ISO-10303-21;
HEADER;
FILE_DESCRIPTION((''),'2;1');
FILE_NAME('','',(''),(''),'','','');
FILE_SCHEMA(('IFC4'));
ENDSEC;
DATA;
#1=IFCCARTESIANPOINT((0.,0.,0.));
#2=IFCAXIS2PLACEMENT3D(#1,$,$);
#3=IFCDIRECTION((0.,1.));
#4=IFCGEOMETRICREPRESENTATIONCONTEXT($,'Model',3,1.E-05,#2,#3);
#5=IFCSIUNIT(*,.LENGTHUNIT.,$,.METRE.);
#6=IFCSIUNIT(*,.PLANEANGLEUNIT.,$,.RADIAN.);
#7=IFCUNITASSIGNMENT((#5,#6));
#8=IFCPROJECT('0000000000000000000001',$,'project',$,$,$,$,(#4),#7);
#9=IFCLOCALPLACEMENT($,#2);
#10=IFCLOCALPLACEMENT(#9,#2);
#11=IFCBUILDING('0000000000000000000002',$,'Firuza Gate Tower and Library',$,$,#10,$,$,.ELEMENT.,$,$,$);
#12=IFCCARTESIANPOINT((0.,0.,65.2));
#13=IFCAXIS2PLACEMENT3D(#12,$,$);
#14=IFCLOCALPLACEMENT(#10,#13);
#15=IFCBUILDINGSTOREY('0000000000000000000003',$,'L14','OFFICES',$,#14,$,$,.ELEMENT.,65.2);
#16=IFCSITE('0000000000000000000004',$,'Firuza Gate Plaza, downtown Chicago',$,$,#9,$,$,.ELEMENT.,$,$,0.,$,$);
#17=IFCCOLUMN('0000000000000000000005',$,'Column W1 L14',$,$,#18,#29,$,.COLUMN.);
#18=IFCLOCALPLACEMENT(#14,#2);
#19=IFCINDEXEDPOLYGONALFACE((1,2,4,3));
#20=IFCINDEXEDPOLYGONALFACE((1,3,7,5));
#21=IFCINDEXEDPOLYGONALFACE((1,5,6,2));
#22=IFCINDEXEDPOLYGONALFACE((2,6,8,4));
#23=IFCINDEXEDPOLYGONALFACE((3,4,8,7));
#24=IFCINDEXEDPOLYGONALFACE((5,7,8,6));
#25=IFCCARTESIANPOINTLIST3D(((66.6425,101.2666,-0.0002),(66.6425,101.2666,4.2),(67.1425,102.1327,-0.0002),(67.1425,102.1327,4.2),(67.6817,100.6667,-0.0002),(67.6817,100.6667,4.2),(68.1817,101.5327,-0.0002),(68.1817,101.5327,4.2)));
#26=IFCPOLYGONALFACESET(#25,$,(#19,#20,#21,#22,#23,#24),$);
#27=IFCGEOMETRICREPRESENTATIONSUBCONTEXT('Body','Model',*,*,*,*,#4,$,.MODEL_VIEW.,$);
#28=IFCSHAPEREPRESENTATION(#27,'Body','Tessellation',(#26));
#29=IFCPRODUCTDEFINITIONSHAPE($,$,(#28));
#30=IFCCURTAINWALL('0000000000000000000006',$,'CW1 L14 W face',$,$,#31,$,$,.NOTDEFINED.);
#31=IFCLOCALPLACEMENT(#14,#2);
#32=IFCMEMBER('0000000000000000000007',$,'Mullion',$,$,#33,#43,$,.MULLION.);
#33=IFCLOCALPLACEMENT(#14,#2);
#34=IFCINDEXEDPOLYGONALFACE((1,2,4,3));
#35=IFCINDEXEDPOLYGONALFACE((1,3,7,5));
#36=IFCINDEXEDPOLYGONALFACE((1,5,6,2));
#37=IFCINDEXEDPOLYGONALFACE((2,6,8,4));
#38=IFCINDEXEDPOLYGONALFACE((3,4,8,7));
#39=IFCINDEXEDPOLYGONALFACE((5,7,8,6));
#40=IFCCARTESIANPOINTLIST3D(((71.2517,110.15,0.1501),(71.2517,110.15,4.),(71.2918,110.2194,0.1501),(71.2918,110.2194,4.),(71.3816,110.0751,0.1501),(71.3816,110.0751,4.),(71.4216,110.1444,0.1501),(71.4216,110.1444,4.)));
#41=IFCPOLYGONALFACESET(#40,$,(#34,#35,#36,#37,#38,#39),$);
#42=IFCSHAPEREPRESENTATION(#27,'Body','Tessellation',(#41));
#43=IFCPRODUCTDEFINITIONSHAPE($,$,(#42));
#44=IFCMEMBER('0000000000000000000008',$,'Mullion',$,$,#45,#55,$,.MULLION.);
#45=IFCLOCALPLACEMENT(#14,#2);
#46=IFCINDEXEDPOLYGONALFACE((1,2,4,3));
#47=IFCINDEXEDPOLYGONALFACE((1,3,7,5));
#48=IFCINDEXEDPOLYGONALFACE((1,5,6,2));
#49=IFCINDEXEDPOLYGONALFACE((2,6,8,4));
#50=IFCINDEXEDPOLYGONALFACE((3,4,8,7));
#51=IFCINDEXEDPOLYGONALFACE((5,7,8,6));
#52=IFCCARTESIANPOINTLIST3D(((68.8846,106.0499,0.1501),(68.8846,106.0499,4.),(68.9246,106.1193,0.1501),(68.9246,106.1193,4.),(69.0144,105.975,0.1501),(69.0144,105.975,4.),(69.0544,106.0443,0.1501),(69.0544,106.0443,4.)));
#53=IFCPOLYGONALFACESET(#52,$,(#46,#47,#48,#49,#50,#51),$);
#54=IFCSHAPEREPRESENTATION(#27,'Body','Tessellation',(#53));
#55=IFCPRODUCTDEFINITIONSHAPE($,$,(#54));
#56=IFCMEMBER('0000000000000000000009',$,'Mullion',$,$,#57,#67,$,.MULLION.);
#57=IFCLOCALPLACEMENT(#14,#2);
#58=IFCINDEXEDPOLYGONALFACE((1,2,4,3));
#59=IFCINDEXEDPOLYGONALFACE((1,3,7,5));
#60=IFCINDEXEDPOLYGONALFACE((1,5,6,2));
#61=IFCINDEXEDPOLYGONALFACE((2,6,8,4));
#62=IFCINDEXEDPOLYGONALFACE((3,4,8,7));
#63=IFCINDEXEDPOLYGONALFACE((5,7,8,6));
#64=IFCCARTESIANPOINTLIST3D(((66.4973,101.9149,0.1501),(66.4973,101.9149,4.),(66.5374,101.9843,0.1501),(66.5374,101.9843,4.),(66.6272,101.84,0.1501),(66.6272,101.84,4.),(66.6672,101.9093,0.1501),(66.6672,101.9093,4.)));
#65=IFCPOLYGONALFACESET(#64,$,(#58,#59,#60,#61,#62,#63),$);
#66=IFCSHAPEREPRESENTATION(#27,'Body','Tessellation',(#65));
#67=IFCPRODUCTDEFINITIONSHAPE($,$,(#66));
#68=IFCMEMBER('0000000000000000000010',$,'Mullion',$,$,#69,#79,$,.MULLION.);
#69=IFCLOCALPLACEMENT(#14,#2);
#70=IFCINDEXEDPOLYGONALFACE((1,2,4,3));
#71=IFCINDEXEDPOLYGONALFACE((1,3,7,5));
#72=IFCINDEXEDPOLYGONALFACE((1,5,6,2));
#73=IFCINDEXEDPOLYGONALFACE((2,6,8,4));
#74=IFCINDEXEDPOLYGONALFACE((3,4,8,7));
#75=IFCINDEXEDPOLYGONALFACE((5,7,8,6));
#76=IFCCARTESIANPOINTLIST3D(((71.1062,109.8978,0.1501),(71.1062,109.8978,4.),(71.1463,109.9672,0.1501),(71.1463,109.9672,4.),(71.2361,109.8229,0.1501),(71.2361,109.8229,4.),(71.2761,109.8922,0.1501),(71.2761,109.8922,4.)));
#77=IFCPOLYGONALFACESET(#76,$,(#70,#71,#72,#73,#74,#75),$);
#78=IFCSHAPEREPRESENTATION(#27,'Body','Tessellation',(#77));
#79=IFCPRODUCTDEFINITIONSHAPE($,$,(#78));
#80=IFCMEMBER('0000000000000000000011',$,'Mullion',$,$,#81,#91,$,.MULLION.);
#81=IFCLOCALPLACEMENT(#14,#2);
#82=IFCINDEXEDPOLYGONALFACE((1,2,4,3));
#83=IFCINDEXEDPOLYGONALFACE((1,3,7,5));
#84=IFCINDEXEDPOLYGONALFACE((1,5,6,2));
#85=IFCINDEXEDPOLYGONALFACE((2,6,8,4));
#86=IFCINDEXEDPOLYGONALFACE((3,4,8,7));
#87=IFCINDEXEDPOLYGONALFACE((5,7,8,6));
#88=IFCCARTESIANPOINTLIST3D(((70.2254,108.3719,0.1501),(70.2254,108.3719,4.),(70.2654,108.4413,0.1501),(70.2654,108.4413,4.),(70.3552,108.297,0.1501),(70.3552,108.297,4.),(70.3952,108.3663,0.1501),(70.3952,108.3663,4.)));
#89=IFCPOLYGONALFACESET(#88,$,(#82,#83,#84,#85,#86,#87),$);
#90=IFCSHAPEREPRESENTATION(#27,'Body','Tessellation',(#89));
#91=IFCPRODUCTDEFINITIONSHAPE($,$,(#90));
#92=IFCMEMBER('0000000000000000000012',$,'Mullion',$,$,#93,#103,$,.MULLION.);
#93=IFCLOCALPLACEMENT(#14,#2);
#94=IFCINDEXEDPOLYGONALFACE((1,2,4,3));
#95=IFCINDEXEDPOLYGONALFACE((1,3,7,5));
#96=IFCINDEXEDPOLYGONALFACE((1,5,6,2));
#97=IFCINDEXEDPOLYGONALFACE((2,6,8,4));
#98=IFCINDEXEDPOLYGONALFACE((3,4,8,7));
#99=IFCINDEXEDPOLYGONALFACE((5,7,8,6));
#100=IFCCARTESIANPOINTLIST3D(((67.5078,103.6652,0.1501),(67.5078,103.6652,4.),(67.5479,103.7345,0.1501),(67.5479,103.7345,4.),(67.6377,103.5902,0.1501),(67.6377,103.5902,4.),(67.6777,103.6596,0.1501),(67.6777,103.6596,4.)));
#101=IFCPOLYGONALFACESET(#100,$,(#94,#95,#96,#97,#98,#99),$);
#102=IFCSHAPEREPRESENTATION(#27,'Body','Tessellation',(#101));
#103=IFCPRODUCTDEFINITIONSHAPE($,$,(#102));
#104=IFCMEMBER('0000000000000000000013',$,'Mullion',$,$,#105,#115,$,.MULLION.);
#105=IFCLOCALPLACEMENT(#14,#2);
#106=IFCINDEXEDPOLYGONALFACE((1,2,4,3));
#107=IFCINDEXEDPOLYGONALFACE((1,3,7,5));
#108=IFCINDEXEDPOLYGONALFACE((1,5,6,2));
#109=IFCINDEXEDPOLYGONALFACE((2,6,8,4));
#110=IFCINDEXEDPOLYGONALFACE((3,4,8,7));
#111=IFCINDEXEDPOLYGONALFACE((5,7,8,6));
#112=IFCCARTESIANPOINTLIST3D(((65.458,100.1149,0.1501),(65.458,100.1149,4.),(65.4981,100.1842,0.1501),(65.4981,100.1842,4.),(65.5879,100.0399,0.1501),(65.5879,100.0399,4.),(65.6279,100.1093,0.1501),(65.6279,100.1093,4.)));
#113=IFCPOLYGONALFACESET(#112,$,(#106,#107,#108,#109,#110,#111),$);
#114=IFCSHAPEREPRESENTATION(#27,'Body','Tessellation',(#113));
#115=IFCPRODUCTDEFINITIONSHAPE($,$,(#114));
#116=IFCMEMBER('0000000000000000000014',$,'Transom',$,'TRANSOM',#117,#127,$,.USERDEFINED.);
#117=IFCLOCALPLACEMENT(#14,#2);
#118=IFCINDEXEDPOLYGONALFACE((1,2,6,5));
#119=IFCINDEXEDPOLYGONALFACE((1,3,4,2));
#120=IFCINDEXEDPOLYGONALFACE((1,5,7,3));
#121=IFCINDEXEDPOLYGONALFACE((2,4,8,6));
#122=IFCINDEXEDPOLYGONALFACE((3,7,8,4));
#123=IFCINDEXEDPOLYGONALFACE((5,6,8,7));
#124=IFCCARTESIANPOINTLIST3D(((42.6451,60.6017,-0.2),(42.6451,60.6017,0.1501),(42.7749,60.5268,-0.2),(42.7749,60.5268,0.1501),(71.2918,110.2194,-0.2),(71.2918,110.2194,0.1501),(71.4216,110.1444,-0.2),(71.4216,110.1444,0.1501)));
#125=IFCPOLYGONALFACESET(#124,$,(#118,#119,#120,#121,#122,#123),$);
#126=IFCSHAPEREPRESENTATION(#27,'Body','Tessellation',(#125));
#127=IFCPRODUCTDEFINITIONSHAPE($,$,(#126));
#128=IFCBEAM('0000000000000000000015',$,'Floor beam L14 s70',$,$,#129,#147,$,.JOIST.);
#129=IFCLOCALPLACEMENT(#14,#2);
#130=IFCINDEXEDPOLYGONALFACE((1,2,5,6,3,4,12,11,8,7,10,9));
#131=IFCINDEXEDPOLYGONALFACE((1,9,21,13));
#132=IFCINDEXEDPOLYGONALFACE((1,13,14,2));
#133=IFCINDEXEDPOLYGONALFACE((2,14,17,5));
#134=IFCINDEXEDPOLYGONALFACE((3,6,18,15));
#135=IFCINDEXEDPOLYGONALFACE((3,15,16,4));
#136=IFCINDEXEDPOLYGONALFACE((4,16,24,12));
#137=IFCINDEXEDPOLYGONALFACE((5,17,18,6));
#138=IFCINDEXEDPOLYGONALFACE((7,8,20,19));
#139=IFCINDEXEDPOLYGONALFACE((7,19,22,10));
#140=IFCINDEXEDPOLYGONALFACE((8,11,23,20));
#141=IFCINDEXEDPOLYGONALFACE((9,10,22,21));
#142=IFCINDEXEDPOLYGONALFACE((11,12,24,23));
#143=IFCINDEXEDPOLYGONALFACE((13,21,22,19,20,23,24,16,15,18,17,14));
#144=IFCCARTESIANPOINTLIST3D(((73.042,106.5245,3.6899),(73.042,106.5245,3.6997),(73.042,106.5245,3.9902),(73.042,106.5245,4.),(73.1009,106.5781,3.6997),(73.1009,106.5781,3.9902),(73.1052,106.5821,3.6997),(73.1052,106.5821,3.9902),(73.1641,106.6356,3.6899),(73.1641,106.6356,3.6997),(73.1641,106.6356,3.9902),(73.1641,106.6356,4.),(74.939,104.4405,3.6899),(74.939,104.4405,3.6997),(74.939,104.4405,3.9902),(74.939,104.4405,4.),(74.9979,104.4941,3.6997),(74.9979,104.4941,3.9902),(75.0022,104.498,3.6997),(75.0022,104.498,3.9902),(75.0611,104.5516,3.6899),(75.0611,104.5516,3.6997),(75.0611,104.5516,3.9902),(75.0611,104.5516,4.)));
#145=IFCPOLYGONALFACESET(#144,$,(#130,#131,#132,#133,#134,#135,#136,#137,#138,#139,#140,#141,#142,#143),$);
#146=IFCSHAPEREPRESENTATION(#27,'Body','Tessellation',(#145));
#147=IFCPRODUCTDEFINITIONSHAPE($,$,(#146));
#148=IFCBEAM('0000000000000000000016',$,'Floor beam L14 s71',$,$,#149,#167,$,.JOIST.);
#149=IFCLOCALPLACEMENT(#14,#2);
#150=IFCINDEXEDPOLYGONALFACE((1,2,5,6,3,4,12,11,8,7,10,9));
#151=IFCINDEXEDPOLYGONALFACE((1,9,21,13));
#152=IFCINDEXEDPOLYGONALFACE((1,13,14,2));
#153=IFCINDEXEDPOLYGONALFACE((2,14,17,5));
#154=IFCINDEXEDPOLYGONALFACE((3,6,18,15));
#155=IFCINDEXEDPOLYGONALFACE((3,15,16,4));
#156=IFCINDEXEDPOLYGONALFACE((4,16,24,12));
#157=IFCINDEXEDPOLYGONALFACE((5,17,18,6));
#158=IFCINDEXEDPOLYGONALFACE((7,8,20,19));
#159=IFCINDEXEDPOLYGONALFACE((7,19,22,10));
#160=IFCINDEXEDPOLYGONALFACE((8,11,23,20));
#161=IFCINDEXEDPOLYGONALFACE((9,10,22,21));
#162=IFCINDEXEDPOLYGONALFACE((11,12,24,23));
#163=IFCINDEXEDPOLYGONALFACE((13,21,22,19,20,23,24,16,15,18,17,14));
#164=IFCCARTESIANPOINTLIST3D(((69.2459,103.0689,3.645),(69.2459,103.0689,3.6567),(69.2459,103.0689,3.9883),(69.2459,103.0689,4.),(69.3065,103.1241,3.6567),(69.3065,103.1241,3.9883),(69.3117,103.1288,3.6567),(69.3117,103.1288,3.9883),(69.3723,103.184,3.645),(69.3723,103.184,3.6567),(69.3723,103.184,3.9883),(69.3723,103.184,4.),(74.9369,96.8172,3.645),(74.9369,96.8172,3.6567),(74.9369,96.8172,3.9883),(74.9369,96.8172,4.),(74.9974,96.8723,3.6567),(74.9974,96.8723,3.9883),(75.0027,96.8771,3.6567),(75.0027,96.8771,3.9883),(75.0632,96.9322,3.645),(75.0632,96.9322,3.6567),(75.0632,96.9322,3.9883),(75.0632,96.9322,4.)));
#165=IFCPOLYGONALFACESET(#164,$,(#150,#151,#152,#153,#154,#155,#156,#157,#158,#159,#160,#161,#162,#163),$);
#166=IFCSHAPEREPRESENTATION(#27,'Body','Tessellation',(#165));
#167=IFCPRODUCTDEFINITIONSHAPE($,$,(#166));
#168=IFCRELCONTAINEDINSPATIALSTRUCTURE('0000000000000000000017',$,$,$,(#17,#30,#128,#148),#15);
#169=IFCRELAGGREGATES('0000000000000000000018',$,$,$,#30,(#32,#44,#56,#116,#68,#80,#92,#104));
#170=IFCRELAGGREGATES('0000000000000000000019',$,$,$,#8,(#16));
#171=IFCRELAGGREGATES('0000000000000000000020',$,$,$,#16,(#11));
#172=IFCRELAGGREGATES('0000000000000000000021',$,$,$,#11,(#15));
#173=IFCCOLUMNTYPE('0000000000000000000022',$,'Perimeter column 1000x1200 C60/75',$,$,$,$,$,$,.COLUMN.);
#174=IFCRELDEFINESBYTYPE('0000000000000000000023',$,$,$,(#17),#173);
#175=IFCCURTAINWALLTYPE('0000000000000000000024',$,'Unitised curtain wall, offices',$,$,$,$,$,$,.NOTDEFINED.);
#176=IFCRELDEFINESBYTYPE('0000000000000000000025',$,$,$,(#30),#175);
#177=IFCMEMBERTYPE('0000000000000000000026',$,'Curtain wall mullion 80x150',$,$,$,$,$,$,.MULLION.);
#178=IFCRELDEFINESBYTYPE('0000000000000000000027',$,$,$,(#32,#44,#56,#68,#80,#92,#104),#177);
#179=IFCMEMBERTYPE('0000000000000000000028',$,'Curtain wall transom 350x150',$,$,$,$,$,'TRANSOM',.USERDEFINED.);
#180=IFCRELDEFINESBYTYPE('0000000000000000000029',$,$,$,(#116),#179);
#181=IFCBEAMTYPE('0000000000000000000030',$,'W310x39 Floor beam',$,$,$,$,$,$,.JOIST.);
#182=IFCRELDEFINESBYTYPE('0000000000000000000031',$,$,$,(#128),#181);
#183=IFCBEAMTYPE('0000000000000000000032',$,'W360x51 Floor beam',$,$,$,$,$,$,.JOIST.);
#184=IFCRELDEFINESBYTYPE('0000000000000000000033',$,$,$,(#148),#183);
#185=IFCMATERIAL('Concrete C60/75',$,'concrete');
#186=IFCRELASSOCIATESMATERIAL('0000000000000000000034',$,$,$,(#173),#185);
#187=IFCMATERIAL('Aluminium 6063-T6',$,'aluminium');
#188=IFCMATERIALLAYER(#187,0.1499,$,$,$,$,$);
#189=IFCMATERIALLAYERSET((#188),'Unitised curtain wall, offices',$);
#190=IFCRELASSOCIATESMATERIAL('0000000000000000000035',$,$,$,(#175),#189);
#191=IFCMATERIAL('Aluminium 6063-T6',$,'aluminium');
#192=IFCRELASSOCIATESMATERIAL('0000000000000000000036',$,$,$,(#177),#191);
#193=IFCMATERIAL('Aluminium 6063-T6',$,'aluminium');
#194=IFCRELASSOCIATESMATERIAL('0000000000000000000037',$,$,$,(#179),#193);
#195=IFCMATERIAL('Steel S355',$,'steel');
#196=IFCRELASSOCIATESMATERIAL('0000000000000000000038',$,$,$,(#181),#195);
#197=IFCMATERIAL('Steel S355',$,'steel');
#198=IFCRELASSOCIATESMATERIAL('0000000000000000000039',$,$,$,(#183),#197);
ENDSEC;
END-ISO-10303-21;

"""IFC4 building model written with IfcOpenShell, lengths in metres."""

from ifc_helpers import new_model, si_unit, direction, frame, origin, origin_2d, place, context, subcontext, project, spatial, rectangle, i_section, extrude, material, layer, layer_set, material_profile, profile_set, type_object, element, aggregate, save


model = new_model("IFC4")

# Units and contexts
model_context = context("Model", 3, precision=1e-05, world=origin(), true_north=direction((0.0, 1.0)))
body_context = subcontext(model_context, "Body", "Model", "MODEL_VIEW")
ifc_project = project(units=[si_unit("LENGTHUNIT", "METRE"), si_unit("PLANEANGLEUNIT", "RADIAN")], contexts=[model_context])

# Site, building, storey
site_placement = place(None, origin())
site = spatial("IfcSite", under=ifc_project, at=site_placement, Name="Firuza Gate Plaza, downtown Chicago", CompositionType="ELEMENT", RefElevation=0.0)
building_placement = place(site_placement, origin())
building = spatial("IfcBuilding", under=site, at=building_placement, Name="Firuza Gate Tower and Library", CompositionType="ELEMENT")
storey_placement = place(building_placement, frame((0.0, 0.0, 65.2)))
storey = spatial("IfcBuildingStorey", under=building, at=storey_placement, Name="L14", Description="OFFICES", CompositionType="ELEMENT", Elevation=65.2)

# Column
ifc_material_1 = material(Name="Concrete C60/75", Category="concrete")
ifc_material_profile_1 = material_profile(ifc_material_1, rectangle(XDim=1.0, YDim=1.2, at=origin_2d()))
ifc_profile_set_1 = profile_set([ifc_material_profile_1], Name="Concrete C60/75")
column_type = type_object("IfcColumnType", Name="Perimeter column 1000x1200 C60/75", PredefinedType="COLUMN", material=ifc_profile_set_1)
column_placement = place(storey_placement, frame((67.4121, 101.3997, -0.0002), z_axis=(0.0, 0.0, 1.0), x_axis=(-0.5, -0.866025, 0.0)))
element("IfcColumn", 1, at=column_placement, inside=storey, type_object=column_type, Name="Column W1 L14", PredefinedType="COLUMN", context=body_context, shape_type="SweptSolid", body=[
    extrude(rectangle(XDim=1.0, YDim=1.2, at=origin_2d()), origin(), (0.0, 0.0, 1.0), 4.2002),
])

# Curtain wall, members
ifc_material_2 = material(Name="Aluminium 6063-T6", Category="aluminium")
ifc_layer_1 = layer(ifc_material_2, 0.1499)
ifc_layer_set_1 = layer_set([ifc_layer_1], Name="Unitised curtain wall, offices")
curtain_wall_type = type_object("IfcCurtainWallType", Name="Unitised curtain wall, offices", PredefinedType="NOTDEFINED", material=ifc_layer_set_1)
curtain_wall_placement = place(storey_placement, origin())
curtain_wall = element("IfcCurtainWall", 2, at=curtain_wall_placement, inside=storey, type_object=curtain_wall_type, Name="CW1 L14 W face", PredefinedType="NOTDEFINED")
ifc_material_3 = material(Name="Aluminium 6063-T6", Category="aluminium")
ifc_material_profile_2 = material_profile(ifc_material_3, rectangle(XDim=0.1499, YDim=0.0801, at=origin_2d()))
ifc_profile_set_2 = profile_set([ifc_material_profile_2], Name="Aluminium 6063-T6")
member_type_1 = type_object("IfcMemberType", Name="Curtain wall mullion 80x150", PredefinedType="MULLION", material=ifc_profile_set_2)
member_1_placement = place(storey_placement, frame((71.3367, 110.1472, 0.1501), z_axis=(0.0, 0.0, 1.0), x_axis=(0.866025, -0.5, 0.0)))
member_1 = element("IfcMember", 3, at=member_1_placement, type_object=member_type_1, Name="Mullion", PredefinedType="MULLION", context=body_context, shape_type="SweptSolid", body=[
    extrude(rectangle(XDim=0.1499, YDim=0.0801, at=origin_2d()), origin(), (0.0, 0.0, 1.0), 3.8499),
])
member_2_placement = place(storey_placement, frame((68.9695, 106.0471, 0.1501), z_axis=(0.0, 0.0, 1.0), x_axis=(0.866025, -0.5, 0.0)))
member_2 = element("IfcMember", 4, at=member_2_placement, type_object=member_type_1, Name="Mullion", PredefinedType="MULLION", context=body_context, shape_type="SweptSolid", body=[
    extrude(rectangle(XDim=0.1499, YDim=0.0801, at=origin_2d()), origin(), (0.0, 0.0, 1.0), 3.8499),
])
member_3_placement = place(storey_placement, frame((66.5823, 101.9121, 0.1501), z_axis=(0.0, 0.0, 1.0), x_axis=(0.866025, -0.5, 0.0)))
member_3 = element("IfcMember", 5, at=member_3_placement, type_object=member_type_1, Name="Mullion", PredefinedType="MULLION", context=body_context, shape_type="SweptSolid", body=[
    extrude(rectangle(XDim=0.1499, YDim=0.0801, at=origin_2d()), origin(), (0.0, 0.0, 1.0), 3.8499),
])
member_4_placement = place(storey_placement, frame((71.1912, 109.895, 0.1501), z_axis=(0.0, 0.0, 1.0), x_axis=(0.866025, -0.5, 0.0)))
member_4 = element("IfcMember", 6, at=member_4_placement, type_object=member_type_1, Name="Mullion", PredefinedType="MULLION", context=body_context, shape_type="SweptSolid", body=[
    extrude(rectangle(XDim=0.1499, YDim=0.0801, at=origin_2d()), origin(), (0.0, 0.0, 1.0), 3.8499),
])
member_5_placement = place(storey_placement, frame((70.3103, 108.3691, 0.1501), z_axis=(0.0, 0.0, 1.0), x_axis=(0.866025, -0.5, 0.0)))
member_5 = element("IfcMember", 7, at=member_5_placement, type_object=member_type_1, Name="Mullion", PredefinedType="MULLION", context=body_context, shape_type="SweptSolid", body=[
    extrude(rectangle(XDim=0.1499, YDim=0.0801, at=origin_2d()), origin(), (0.0, 0.0, 1.0), 3.8499),
])
member_6_placement = place(storey_placement, frame((67.5928, 103.6624, 0.1501), z_axis=(0.0, 0.0, 1.0), x_axis=(0.866025, -0.5, 0.0)))
member_6 = element("IfcMember", 8, at=member_6_placement, type_object=member_type_1, Name="Mullion", PredefinedType="MULLION", context=body_context, shape_type="SweptSolid", body=[
    extrude(rectangle(XDim=0.1499, YDim=0.0801, at=origin_2d()), origin(), (0.0, 0.0, 1.0), 3.8499),
])
member_7_placement = place(storey_placement, frame((65.543, 100.1121, 0.1501), z_axis=(0.0, 0.0, 1.0), x_axis=(0.866025, -0.5, 0.0)))
member_7 = element("IfcMember", 9, at=member_7_placement, type_object=member_type_1, Name="Mullion", PredefinedType="MULLION", context=body_context, shape_type="SweptSolid", body=[
    extrude(rectangle(XDim=0.1499, YDim=0.0801, at=origin_2d()), origin(), (0.0, 0.0, 1.0), 3.8499),
])
ifc_material_4 = material(Name="Aluminium 6063-T6", Category="aluminium")
ifc_material_profile_3 = material_profile(ifc_material_4, rectangle(XDim=0.1499, YDim=0.3501, at=origin_2d()))
ifc_profile_set_3 = profile_set([ifc_material_profile_3], Name="Aluminium 6063-T6")
member_type_2 = type_object("IfcMemberType", Name="Curtain wall transom 350x150", ElementType="TRANSOM", PredefinedType="USERDEFINED", material=ifc_profile_set_3)
member_8_placement = place(storey_placement, frame((71.3567, 110.1819, -0.0249), z_axis=(-0.499999, -0.866026, 0.0), x_axis=(0.866026, -0.499999, 0.0)))
member_8 = element("IfcMember", 10, at=member_8_placement, type_object=member_type_2, Name="Transom", ObjectType="TRANSOM", PredefinedType="USERDEFINED", context=body_context, shape_type="SweptSolid", body=[
    extrude(rectangle(XDim=0.1499, YDim=0.3501, at=origin_2d()), origin(), (0.0, 0.0, 1.0), 57.2935),
])

# Beams
ifc_material_5 = material(Name="Steel S355", Category="steel")
ifc_material_profile_4 = material_profile(ifc_material_5, i_section(OverallWidth=0.165, OverallDepth=0.3101, WebThickness=0.0059, FlangeThickness=0.0098, at=origin_2d()))
ifc_profile_set_4 = profile_set([ifc_material_profile_4], Name="Steel S355")
beam_type_1 = type_object("IfcBeamType", Name="W310x39 Floor beam", PredefinedType="JOIST", material=ifc_profile_set_4)
beam_1_placement = place(storey_placement, frame((73.103, 106.5801, 3.845), z_axis=(0.673147, -0.739509, 0.0), x_axis=(0.739509, 0.673147, 0.0)))
element("IfcBeam", 11, at=beam_1_placement, inside=storey, type_object=beam_type_1, Name="Floor beam L14 s70", PredefinedType="JOIST", context=body_context, shape_type="SweptSolid", body=[
    extrude(i_section(OverallWidth=0.165, OverallDepth=0.3101, WebThickness=0.0059, FlangeThickness=0.0098, at=origin_2d()), origin(), (0.0, 0.0, 1.0), 2.8181),
])
ifc_material_6 = material(Name="Steel S355", Category="steel")
ifc_material_profile_5 = material_profile(ifc_material_6, i_section(OverallWidth=0.1709, OverallDepth=0.355, WebThickness=0.0071, FlangeThickness=0.0117, at=origin_2d()))
ifc_profile_set_5 = profile_set([ifc_material_profile_5], Name="Steel S355")
beam_type_2 = type_object("IfcBeamType", Name="W360x51 Floor beam", PredefinedType="JOIST", material=ifc_profile_set_5)
beam_2_placement = place(storey_placement, frame((69.3091, 103.1265, 3.8225), z_axis=(0.673161, -0.739496, 0.0), x_axis=(0.739496, 0.673161, 0.0)))
element("IfcBeam", 12, at=beam_2_placement, inside=storey, type_object=beam_type_2, Name="Floor beam L14 s71", PredefinedType="JOIST", context=body_context, shape_type="SweptSolid", body=[
    extrude(i_section(OverallWidth=0.1709, OverallDepth=0.355, WebThickness=0.0071, FlangeThickness=0.0117, at=origin_2d()), origin(), (0.0, 0.0, 1.0), 8.4541),
])

aggregate(curtain_wall, [member_1, member_2, member_3, member_8, member_4, member_5, member_6, member_7])

save(model, "model.ifc")
